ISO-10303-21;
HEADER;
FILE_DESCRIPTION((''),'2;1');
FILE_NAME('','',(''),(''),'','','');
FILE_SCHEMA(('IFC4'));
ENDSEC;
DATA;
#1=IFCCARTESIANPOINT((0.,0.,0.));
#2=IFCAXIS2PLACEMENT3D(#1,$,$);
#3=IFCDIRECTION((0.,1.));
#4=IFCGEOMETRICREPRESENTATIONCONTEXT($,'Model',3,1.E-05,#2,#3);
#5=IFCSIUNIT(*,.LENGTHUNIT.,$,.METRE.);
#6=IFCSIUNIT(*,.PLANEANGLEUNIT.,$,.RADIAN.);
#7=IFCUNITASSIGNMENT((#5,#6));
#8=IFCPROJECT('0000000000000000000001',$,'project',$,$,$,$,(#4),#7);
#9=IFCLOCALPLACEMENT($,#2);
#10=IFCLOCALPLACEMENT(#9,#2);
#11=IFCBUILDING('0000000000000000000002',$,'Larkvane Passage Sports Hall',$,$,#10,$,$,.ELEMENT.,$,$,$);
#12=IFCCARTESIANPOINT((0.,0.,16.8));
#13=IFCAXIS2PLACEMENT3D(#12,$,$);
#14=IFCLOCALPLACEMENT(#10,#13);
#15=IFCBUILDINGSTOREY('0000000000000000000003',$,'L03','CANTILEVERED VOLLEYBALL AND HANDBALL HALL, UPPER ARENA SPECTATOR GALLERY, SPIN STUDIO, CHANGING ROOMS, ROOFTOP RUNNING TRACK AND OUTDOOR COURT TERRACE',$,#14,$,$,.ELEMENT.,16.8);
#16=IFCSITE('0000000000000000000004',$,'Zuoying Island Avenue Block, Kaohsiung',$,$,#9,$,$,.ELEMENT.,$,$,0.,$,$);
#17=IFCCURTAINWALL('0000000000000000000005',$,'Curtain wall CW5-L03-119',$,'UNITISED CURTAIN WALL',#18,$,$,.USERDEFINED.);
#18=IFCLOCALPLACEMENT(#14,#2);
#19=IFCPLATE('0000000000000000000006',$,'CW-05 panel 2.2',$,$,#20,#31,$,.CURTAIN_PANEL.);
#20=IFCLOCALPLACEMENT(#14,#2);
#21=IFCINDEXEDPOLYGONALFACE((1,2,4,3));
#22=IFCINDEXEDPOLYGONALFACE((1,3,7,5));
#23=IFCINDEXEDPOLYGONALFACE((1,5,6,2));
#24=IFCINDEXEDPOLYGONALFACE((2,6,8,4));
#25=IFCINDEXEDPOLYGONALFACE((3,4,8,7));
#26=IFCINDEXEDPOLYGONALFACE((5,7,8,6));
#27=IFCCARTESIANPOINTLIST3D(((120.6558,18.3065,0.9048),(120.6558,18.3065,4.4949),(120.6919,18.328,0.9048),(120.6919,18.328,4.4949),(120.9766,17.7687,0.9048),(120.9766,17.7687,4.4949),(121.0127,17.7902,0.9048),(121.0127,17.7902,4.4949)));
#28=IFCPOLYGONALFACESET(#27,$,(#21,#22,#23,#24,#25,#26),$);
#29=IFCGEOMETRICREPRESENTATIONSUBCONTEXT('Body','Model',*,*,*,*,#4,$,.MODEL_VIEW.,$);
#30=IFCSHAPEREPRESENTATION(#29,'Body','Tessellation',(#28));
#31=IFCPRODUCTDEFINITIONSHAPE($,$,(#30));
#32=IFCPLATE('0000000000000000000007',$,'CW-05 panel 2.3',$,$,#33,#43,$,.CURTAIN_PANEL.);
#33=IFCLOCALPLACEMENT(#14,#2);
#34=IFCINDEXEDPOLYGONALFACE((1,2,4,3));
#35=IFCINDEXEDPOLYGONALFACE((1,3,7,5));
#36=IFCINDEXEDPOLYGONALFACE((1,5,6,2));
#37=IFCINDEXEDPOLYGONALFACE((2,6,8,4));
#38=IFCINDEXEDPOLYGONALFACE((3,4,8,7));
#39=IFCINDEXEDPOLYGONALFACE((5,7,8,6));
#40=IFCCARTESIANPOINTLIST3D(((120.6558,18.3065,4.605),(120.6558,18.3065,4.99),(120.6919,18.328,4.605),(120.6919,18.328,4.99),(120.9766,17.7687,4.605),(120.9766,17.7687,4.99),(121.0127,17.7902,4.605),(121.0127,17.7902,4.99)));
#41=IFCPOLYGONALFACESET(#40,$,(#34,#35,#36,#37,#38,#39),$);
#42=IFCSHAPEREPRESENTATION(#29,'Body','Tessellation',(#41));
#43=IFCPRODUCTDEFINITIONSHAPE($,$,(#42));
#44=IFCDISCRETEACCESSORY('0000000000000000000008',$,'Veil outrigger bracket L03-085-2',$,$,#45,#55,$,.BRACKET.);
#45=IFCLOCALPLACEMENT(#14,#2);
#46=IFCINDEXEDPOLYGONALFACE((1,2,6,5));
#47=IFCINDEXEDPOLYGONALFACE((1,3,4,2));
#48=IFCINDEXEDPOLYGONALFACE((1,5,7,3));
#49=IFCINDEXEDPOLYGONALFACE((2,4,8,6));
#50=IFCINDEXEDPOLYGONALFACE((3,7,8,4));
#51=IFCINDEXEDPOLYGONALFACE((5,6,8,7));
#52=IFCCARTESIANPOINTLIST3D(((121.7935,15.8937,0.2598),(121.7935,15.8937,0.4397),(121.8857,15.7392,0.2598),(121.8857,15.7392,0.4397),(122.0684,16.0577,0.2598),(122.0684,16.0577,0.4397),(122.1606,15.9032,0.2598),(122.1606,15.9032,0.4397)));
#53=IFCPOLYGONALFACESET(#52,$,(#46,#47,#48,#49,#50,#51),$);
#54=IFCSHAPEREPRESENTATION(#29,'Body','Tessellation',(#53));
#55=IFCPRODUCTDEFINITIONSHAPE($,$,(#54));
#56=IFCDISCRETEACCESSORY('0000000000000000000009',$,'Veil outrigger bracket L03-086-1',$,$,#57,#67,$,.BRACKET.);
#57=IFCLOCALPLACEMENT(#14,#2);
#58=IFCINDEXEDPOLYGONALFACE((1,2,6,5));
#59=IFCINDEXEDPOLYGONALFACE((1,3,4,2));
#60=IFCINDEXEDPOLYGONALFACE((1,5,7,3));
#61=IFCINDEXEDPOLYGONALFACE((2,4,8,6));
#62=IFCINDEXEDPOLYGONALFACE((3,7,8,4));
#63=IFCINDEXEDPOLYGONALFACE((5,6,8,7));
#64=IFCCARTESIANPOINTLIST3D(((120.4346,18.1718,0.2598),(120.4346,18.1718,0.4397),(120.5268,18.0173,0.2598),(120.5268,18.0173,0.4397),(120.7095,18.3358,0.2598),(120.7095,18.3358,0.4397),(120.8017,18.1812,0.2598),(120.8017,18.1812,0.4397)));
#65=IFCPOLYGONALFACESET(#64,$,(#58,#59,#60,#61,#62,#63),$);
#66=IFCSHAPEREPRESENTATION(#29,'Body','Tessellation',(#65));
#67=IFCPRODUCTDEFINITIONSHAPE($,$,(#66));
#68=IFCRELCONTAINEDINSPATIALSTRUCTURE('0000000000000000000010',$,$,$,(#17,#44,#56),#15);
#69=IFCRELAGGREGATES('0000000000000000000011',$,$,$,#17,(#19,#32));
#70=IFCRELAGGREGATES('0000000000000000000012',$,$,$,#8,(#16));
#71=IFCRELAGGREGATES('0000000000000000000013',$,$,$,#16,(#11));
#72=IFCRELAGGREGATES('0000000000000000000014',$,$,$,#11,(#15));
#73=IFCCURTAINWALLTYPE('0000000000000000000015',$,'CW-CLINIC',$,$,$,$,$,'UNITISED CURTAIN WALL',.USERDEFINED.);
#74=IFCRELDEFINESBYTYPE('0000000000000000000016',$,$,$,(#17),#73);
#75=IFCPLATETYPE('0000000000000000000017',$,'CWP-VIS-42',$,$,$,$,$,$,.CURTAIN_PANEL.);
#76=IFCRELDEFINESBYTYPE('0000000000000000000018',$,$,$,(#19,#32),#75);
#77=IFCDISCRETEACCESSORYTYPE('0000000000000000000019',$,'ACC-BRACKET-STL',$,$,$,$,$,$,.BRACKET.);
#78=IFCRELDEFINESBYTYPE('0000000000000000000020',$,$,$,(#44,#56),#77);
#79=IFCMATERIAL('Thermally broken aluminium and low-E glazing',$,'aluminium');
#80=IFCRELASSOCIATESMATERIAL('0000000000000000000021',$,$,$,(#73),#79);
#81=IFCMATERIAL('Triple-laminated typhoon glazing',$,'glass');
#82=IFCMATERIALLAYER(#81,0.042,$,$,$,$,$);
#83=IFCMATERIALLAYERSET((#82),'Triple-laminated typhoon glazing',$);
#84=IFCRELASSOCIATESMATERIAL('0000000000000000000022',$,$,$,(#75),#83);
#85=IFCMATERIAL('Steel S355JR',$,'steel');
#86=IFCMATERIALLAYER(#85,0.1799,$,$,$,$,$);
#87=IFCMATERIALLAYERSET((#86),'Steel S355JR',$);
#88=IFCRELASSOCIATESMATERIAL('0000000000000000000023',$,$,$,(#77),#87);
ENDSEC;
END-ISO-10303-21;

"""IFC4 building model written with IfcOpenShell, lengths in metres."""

from ifc_helpers import new_model, si_unit, direction, frame, origin, origin_2d, place, context, subcontext, project, spatial, rectangle, extrude, material, layer, layer_set, type_object, element, aggregate, save


model = new_model("IFC4")

# Units and contexts
model_context = context("Model", 3, precision=1e-05, world=origin(), true_north=direction((0.0, 1.0)))
body_context = subcontext(model_context, "Body", "Model", "MODEL_VIEW")
ifc_project = project(units=[si_unit("LENGTHUNIT", "METRE"), si_unit("PLANEANGLEUNIT", "RADIAN")], contexts=[model_context])

# Site, building, storey
site_placement = place(None, origin())
site = spatial("IfcSite", under=ifc_project, at=site_placement, Name="Zuoying Island Avenue Block, Kaohsiung", CompositionType="ELEMENT", RefElevation=0.0)
building_placement = place(site_placement, origin())
building = spatial("IfcBuilding", under=site, at=building_placement, Name="Larkvane Passage Sports Hall", CompositionType="ELEMENT")
storey_placement = place(building_placement, frame((0.0, 0.0, 16.8)))
storey = spatial("IfcBuildingStorey", under=building, at=storey_placement, Name="L03", Description="CANTILEVERED VOLLEYBALL AND HANDBALL HALL, UPPER ARENA SPECTATOR GALLERY, SPIN STUDIO, CHANGING ROOMS, ROOFTOP RUNNING TRACK AND OUTDOOR COURT TERRACE", CompositionType="ELEMENT", Elevation=16.8)

# Curtain wall
ifc_material_1 = material(Name="Thermally broken aluminium and low-E glazing", Category="aluminium")
curtain_wall_type_1 = type_object("IfcCurtainWallType", Name="CW-CLINIC", ElementType="UNITISED CURTAIN WALL", PredefinedType="USERDEFINED", material=ifc_material_1)
curtain_wall_1_placement = place(storey_placement, origin())
curtain_wall_1 = element("IfcCurtainWall", 1, at=curtain_wall_1_placement, inside=storey, type_object=curtain_wall_type_1, Name="Curtain wall CW5-L03-119", ObjectType="UNITISED CURTAIN WALL", PredefinedType="USERDEFINED")

# Plates
ifc_material_2 = material(Name="Triple-laminated typhoon glazing", Category="glass")
ifc_layer_1 = layer(ifc_material_2, 0.042)
ifc_layer_set_1 = layer_set([ifc_layer_1], Name="Triple-laminated typhoon glazing")
plate_type_1 = type_object("IfcPlateType", Name="CWP-VIS-42", PredefinedType="CURTAIN_PANEL", material=ifc_layer_set_1)
plate_1_placement = place(storey_placement, frame((120.8342, 18.0483, 0.9048), z_axis=(0.0, 0.0, 1.0), x_axis=(-0.512274, 0.858822, 0.0)))
plate_1 = element("IfcPlate", 2, at=plate_1_placement, type_object=plate_type_1, Name="CW-05 panel 2.2", PredefinedType="CURTAIN_PANEL", context=body_context, shape_type="SweptSolid", body=[
    extrude(rectangle(XDim=0.6262, YDim=0.042, at=origin_2d()), origin(), (0.0, 0.0, 1.0), 3.5901),
])
plate_2_placement = place(storey_placement, frame((120.8342, 18.0483, 4.605), z_axis=(0.0, 0.0, 1.0), x_axis=(-0.512274, 0.858822, 0.0)))
plate_2 = element("IfcPlate", 3, at=plate_2_placement, type_object=plate_type_1, Name="CW-05 panel 2.3", PredefinedType="CURTAIN_PANEL", context=body_context, shape_type="SweptSolid", body=[
    extrude(rectangle(XDim=0.6262, YDim=0.042, at=origin_2d()), origin(), (0.0, 0.0, 1.0), 0.385),
])
aggregate(curtain_wall_1, [plate_1, plate_2])

# Discrete accessories
ifc_material_3 = material(Name="Steel S355JR", Category="steel")
ifc_layer_2 = layer(ifc_material_3, 0.1799)
ifc_layer_set_2 = layer_set([ifc_layer_2], Name="Steel S355JR")
discrete_accessory_type = type_object("IfcDiscreteAccessoryType", Name="ACC-BRACKET-STL", PredefinedType="BRACKET", material=ifc_layer_set_2)
for number, where, z_axis, x_axis, name in (
    (4, (121.9771, 15.8984, 0.2598), (0.0, 0.0, 1.0), (-0.512278, 0.85882, 0.0), "Veil outrigger bracket L03-085-2"),
    (5, (120.6182, 18.1765, 0.2598), (0.0, 0.0, 1.0), (-0.512278, 0.85882, 0.0), "Veil outrigger bracket L03-086-1"),
):
    element("IfcDiscreteAccessory", number, at=place(storey_placement, frame(where, z_axis=z_axis, x_axis=x_axis)), inside=storey, type_object=discrete_accessory_type, Name=name, PredefinedType="BRACKET", context=body_context, shape_type="SweptSolid", body=[
        extrude(rectangle(XDim=0.1799, YDim=0.3201, at=origin_2d()), origin(), (0.0, 0.0, 1.0), 0.1799),
    ])

save(model, "model.ifc")
